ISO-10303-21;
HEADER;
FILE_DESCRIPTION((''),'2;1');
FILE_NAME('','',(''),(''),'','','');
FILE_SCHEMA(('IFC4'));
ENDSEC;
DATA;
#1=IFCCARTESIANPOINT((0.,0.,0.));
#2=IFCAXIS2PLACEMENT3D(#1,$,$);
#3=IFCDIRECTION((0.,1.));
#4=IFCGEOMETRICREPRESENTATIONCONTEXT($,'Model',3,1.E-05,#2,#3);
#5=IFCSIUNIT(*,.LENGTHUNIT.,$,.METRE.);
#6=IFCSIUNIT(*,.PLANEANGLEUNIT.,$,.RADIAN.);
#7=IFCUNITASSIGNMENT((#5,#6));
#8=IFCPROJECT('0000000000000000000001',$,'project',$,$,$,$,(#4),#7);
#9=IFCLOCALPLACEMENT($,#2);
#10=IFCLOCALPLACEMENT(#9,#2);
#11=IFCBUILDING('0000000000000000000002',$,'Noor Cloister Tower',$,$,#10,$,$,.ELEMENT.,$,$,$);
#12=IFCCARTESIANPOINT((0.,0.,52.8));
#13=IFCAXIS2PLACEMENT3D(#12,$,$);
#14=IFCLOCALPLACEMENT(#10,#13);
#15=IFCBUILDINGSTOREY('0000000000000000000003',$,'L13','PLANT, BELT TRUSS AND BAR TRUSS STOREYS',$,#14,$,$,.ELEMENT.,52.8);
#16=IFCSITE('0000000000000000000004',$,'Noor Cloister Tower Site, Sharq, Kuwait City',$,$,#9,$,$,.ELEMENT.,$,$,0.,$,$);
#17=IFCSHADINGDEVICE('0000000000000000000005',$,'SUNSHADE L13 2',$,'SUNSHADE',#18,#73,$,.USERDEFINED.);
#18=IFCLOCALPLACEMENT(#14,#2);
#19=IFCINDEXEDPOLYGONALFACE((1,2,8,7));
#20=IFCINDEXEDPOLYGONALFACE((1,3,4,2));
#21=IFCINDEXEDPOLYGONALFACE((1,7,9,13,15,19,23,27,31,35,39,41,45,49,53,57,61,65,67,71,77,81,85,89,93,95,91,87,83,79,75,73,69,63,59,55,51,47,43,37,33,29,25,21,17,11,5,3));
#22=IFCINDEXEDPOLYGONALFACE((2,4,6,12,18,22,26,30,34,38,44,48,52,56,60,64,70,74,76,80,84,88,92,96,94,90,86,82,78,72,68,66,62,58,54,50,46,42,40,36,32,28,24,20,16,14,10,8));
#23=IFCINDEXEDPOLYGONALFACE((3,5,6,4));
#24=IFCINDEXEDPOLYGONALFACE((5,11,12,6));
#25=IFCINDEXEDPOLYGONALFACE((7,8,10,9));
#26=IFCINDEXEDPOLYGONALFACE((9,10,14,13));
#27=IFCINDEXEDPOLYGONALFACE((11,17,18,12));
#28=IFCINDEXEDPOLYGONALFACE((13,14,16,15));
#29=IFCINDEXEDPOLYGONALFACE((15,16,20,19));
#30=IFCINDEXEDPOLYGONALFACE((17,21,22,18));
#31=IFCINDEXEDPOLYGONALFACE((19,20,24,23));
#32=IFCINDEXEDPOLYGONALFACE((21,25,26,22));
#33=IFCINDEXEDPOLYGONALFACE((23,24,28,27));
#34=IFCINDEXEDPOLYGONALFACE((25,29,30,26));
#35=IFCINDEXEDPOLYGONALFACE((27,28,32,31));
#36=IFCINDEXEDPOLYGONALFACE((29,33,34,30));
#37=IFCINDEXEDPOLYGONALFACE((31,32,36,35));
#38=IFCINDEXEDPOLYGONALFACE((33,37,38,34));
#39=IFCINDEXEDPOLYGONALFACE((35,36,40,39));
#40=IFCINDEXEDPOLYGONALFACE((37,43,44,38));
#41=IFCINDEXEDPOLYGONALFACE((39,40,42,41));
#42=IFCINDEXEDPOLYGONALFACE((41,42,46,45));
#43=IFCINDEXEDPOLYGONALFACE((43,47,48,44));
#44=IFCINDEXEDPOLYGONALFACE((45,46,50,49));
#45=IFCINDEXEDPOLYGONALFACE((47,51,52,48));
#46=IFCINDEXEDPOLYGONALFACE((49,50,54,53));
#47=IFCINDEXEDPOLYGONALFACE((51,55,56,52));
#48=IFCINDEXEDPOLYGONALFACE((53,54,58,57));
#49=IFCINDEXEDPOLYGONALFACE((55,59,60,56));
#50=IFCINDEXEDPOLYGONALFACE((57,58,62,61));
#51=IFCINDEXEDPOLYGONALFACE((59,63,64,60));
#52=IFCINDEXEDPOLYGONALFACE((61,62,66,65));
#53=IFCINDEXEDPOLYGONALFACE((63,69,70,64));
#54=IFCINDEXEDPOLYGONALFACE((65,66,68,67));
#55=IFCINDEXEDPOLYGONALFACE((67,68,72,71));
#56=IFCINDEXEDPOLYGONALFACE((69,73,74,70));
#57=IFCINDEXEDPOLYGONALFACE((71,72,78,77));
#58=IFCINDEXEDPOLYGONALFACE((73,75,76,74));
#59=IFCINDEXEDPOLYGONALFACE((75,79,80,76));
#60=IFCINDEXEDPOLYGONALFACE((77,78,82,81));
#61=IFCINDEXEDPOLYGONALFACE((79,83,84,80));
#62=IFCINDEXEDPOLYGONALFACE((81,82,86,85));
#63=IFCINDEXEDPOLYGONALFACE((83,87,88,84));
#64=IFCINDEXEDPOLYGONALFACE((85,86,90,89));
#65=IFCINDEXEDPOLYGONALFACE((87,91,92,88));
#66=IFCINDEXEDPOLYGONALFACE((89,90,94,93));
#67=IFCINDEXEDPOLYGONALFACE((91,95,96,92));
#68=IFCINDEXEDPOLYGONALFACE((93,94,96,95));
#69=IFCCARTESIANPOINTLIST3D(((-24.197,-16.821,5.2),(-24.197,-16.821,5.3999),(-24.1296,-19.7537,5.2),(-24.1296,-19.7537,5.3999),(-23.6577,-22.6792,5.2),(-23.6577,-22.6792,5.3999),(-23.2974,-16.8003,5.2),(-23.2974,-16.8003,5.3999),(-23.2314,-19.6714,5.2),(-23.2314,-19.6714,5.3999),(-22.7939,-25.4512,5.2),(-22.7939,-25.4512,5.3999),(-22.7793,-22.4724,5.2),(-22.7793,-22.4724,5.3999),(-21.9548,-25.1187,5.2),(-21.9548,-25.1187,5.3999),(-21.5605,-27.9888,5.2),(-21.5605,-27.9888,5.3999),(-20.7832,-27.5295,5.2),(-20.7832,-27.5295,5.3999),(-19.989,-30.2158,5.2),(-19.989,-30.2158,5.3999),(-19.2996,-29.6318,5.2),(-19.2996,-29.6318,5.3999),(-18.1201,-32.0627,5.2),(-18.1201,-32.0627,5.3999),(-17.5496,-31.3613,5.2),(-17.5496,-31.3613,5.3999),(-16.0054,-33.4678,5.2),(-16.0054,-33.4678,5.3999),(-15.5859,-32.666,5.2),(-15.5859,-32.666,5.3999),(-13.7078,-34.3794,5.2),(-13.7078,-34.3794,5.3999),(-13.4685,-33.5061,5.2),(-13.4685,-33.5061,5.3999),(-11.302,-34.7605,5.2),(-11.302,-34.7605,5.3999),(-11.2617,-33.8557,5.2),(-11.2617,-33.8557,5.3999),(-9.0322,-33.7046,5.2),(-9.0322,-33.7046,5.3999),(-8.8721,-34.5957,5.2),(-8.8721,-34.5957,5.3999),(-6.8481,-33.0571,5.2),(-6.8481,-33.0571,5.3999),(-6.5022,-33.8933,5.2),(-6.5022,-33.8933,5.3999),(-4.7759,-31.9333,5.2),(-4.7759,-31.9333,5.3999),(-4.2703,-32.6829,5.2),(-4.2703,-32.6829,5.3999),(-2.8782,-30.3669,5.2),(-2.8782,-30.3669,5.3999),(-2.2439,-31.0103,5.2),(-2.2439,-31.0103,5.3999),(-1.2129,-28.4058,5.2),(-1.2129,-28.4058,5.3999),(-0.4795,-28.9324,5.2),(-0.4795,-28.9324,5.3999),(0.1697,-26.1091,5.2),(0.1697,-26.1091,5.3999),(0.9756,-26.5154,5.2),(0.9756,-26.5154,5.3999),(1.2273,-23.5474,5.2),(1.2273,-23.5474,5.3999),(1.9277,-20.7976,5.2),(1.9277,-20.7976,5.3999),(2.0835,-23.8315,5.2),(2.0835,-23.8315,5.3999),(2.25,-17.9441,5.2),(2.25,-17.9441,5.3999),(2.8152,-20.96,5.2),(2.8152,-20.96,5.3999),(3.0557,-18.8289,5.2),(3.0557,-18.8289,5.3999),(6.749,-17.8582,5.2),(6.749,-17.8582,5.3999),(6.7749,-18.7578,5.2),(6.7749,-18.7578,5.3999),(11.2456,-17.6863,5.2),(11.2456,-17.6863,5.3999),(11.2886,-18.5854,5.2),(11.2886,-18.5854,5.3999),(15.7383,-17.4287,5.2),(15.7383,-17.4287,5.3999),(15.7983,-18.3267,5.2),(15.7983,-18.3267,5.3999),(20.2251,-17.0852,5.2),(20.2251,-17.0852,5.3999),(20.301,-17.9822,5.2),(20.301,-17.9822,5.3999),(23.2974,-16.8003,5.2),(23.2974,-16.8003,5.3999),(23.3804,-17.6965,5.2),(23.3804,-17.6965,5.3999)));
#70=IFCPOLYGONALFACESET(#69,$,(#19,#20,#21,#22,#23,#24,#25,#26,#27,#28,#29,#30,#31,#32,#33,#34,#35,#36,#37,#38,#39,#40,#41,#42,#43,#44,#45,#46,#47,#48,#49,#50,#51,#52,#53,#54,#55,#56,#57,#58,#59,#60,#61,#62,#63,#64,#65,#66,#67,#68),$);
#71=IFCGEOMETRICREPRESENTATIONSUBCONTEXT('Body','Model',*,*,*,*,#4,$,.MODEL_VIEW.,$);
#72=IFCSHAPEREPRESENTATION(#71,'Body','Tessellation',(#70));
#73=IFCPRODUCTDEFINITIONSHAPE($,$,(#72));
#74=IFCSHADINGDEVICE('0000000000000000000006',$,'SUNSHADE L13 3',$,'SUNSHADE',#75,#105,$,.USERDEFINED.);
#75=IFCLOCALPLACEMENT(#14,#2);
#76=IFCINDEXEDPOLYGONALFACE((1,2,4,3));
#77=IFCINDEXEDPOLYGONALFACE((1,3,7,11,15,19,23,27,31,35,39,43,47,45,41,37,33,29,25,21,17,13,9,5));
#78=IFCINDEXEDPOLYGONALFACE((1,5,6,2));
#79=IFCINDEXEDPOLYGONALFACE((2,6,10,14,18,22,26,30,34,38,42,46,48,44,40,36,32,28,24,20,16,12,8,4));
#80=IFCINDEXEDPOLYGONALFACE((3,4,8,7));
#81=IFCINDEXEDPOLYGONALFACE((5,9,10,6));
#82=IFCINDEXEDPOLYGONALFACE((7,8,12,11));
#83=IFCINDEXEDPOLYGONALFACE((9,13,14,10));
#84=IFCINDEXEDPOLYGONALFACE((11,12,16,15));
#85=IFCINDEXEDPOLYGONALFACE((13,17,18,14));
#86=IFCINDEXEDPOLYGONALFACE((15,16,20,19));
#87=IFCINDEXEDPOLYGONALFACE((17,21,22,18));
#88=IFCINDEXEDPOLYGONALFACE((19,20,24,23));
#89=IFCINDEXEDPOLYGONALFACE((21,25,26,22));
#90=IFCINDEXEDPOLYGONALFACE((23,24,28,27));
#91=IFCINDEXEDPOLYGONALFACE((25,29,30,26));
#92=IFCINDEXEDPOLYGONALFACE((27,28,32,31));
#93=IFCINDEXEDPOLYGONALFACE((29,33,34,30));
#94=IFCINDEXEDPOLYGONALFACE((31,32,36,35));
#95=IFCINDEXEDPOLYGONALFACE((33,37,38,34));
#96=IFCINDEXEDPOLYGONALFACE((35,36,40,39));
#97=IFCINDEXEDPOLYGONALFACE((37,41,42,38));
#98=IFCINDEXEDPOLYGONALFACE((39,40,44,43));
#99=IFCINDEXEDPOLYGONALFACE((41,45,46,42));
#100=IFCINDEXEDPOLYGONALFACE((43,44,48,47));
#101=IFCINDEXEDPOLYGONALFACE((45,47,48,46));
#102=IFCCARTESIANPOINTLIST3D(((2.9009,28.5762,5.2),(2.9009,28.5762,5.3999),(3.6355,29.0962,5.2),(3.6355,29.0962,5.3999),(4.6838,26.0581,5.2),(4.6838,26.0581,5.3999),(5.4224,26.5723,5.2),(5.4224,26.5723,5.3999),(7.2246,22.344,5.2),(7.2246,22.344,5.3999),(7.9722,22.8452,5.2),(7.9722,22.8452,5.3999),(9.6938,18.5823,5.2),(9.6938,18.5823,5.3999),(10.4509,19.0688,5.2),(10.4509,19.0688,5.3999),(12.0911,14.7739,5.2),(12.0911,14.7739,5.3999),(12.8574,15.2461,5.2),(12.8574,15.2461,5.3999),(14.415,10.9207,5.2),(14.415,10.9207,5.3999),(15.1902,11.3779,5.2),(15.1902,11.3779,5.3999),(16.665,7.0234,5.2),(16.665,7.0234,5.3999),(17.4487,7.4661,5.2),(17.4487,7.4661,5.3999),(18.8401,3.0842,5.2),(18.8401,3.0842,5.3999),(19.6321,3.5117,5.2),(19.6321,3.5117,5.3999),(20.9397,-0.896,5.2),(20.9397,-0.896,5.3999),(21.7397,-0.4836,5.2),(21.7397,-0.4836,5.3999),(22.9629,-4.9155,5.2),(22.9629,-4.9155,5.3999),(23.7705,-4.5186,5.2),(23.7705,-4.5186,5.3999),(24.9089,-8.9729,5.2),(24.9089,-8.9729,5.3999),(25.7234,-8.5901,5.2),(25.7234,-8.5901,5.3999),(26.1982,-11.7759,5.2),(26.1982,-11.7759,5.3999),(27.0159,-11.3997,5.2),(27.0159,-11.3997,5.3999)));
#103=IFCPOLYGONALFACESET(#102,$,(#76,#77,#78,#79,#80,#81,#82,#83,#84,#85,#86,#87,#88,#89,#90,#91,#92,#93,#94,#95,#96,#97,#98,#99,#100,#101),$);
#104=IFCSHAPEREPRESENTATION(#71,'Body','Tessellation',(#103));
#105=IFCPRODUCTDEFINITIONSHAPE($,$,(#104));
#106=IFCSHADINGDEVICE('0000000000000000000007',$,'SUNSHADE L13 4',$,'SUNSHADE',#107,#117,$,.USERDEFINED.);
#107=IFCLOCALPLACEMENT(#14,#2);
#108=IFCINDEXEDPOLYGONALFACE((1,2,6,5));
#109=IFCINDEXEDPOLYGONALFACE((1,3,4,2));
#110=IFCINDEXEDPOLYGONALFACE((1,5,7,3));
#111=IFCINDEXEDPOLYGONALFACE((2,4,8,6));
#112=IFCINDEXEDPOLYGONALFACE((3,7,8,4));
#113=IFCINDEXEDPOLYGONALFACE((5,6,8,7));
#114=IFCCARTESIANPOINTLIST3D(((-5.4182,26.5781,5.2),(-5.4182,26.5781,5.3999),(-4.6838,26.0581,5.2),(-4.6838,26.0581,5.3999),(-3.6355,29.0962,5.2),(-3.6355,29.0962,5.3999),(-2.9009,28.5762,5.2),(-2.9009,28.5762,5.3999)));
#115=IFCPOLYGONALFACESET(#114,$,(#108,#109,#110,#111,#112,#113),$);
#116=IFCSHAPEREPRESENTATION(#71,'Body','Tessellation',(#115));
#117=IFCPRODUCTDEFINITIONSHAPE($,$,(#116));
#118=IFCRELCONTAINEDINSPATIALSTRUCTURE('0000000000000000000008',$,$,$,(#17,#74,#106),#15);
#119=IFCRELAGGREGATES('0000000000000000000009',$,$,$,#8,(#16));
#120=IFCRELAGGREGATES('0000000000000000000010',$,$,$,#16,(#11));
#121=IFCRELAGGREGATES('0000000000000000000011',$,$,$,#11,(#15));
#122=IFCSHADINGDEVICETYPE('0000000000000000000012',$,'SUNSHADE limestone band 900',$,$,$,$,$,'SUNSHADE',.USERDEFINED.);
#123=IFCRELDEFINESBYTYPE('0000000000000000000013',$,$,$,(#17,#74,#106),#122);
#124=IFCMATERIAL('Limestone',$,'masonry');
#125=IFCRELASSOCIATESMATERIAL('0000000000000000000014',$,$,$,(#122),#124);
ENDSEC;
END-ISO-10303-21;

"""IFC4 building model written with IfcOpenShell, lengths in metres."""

from ifc_helpers import new_model, si_unit, direction, frame, origin, place, context, subcontext, project, spatial, polyline, outline, extrude, material, type_object, element, save


model = new_model("IFC4")

# Units and contexts
model_context = context("Model", 3, precision=1e-05, world=origin(), true_north=direction((0.0, 1.0)))
body_context = subcontext(model_context, "Body", "Model", "MODEL_VIEW")
ifc_project = project(units=[si_unit("LENGTHUNIT", "METRE"), si_unit("PLANEANGLEUNIT", "RADIAN")], contexts=[model_context])

# Site, building, storey
site_placement = place(None, origin())
site = spatial("IfcSite", under=ifc_project, at=site_placement, Name="Noor Cloister Tower Site, Sharq, Kuwait City", CompositionType="ELEMENT", RefElevation=0.0)
building_placement = place(site_placement, origin())
building = spatial("IfcBuilding", under=site, at=building_placement, Name="Noor Cloister Tower", CompositionType="ELEMENT")
storey_placement = place(building_placement, frame((0.0, 0.0, 52.8)))
storey = spatial("IfcBuildingStorey", under=building, at=storey_placement, Name="L13", Description="PLANT, BELT TRUSS AND BAR TRUSS STOREYS", CompositionType="ELEMENT", Elevation=52.8)

# Shading devices
ifc_material_1 = material(Name="Limestone", Category="masonry")
shading_device_type_1 = type_object("IfcShadingDeviceType", Name="SUNSHADE limestone band 900", ElementType="SUNSHADE", PredefinedType="USERDEFINED", material=ifc_material_1)
shading_device_1_placement = place(storey_placement, frame((0.0, 0.0, 5.2)))
element("IfcShadingDevice", 1, at=shading_device_1_placement, inside=storey, type_object=shading_device_type_1, Name="SUNSHADE L13 2", ObjectType="SUNSHADE", PredefinedType="USERDEFINED", context=body_context, shape_type="SweptSolid", body=[
    extrude(outline(polyline([(-24.197, -16.821), (-24.1296, -19.7537), (-23.6577, -22.6792), (-22.7939, -25.4512), (-21.5605, -27.9888), (-19.989, -30.2158), (-18.1201, -32.0627), (-16.0054, -33.4678), (-13.7078, -34.3794), (-11.302, -34.7605), (-8.8721, -34.5957), (-6.5022, -33.8933), (-4.2703, -32.6829), (-2.2439, -31.0103), (-0.4795, -28.9324), (0.9756, -26.5154), (2.0835, -23.8315), (2.8152, -20.96), (3.0557, -18.8289), (6.7749, -18.7578), (11.2886, -18.5854), (15.7983, -18.3267), (20.301, -17.9822), (23.3804, -17.6965), (23.2974, -16.8003), (20.2251, -17.0852), (15.7383, -17.4287), (11.2456, -17.6863), (6.749, -17.8582), (2.25, -17.9441), (1.9277, -20.7976), (1.2273, -23.5474), (0.1697, -26.1091), (-1.2129, -28.4058), (-2.8782, -30.3669), (-4.7759, -31.9333), (-6.8481, -33.0571), (-9.0322, -33.7046), (-11.2617, -33.8557), (-13.4685, -33.5061), (-15.5859, -32.666), (-17.5496, -31.3613), (-19.2996, -29.6318), (-20.7832, -27.5295), (-21.9548, -25.1187), (-22.7793, -22.4724), (-23.2314, -19.6714), (-23.2974, -16.8003), (-24.197, -16.821)])), origin(), (0.0, 0.0, 1.0), 0.2),
])
shading_device_2_placement = place(storey_placement, frame((0.0, 0.0, 5.2)))
element("IfcShadingDevice", 2, at=shading_device_2_placement, inside=storey, type_object=shading_device_type_1, Name="SUNSHADE L13 3", ObjectType="SUNSHADE", PredefinedType="USERDEFINED", context=body_context, shape_type="SweptSolid", body=[
    extrude(outline(polyline([(27.0159, -11.3997), (25.7234, -8.5901), (23.7705, -4.5186), (21.7397, -0.4836), (19.6321, 3.5117), (17.4487, 7.4661), (15.1902, 11.3779), (12.8574, 15.2461), (10.4509, 19.0688), (7.9722, 22.8452), (5.4224, 26.5723), (3.6355, 29.0962), (2.9009, 28.5762), (4.6838, 26.0581), (7.2246, 22.344), (9.6938, 18.5823), (12.0911, 14.7739), (14.415, 10.9207), (16.665, 7.0234), (18.8401, 3.0842), (20.9397, -0.896), (22.9629, -4.9155), (24.9089, -8.9729), (26.1982, -11.7759), (27.0159, -11.3997)])), origin(), (0.0, 0.0, 1.0), 0.2),
])
shading_device_3_placement = place(storey_placement, frame((0.0, 0.0, 5.2)))
element("IfcShadingDevice", 3, at=shading_device_3_placement, inside=storey, type_object=shading_device_type_1, Name="SUNSHADE L13 4", ObjectType="SUNSHADE", PredefinedType="USERDEFINED", context=body_context, shape_type="SweptSolid", body=[
    extrude(outline(polyline([(-3.6355, 29.0962), (-5.4182, 26.5781), (-4.6838, 26.0581), (-2.9009, 28.5762), (-3.6355, 29.0962)])), origin(), (0.0, 0.0, 1.0), 0.2),
])

save(model, "model.ifc")
